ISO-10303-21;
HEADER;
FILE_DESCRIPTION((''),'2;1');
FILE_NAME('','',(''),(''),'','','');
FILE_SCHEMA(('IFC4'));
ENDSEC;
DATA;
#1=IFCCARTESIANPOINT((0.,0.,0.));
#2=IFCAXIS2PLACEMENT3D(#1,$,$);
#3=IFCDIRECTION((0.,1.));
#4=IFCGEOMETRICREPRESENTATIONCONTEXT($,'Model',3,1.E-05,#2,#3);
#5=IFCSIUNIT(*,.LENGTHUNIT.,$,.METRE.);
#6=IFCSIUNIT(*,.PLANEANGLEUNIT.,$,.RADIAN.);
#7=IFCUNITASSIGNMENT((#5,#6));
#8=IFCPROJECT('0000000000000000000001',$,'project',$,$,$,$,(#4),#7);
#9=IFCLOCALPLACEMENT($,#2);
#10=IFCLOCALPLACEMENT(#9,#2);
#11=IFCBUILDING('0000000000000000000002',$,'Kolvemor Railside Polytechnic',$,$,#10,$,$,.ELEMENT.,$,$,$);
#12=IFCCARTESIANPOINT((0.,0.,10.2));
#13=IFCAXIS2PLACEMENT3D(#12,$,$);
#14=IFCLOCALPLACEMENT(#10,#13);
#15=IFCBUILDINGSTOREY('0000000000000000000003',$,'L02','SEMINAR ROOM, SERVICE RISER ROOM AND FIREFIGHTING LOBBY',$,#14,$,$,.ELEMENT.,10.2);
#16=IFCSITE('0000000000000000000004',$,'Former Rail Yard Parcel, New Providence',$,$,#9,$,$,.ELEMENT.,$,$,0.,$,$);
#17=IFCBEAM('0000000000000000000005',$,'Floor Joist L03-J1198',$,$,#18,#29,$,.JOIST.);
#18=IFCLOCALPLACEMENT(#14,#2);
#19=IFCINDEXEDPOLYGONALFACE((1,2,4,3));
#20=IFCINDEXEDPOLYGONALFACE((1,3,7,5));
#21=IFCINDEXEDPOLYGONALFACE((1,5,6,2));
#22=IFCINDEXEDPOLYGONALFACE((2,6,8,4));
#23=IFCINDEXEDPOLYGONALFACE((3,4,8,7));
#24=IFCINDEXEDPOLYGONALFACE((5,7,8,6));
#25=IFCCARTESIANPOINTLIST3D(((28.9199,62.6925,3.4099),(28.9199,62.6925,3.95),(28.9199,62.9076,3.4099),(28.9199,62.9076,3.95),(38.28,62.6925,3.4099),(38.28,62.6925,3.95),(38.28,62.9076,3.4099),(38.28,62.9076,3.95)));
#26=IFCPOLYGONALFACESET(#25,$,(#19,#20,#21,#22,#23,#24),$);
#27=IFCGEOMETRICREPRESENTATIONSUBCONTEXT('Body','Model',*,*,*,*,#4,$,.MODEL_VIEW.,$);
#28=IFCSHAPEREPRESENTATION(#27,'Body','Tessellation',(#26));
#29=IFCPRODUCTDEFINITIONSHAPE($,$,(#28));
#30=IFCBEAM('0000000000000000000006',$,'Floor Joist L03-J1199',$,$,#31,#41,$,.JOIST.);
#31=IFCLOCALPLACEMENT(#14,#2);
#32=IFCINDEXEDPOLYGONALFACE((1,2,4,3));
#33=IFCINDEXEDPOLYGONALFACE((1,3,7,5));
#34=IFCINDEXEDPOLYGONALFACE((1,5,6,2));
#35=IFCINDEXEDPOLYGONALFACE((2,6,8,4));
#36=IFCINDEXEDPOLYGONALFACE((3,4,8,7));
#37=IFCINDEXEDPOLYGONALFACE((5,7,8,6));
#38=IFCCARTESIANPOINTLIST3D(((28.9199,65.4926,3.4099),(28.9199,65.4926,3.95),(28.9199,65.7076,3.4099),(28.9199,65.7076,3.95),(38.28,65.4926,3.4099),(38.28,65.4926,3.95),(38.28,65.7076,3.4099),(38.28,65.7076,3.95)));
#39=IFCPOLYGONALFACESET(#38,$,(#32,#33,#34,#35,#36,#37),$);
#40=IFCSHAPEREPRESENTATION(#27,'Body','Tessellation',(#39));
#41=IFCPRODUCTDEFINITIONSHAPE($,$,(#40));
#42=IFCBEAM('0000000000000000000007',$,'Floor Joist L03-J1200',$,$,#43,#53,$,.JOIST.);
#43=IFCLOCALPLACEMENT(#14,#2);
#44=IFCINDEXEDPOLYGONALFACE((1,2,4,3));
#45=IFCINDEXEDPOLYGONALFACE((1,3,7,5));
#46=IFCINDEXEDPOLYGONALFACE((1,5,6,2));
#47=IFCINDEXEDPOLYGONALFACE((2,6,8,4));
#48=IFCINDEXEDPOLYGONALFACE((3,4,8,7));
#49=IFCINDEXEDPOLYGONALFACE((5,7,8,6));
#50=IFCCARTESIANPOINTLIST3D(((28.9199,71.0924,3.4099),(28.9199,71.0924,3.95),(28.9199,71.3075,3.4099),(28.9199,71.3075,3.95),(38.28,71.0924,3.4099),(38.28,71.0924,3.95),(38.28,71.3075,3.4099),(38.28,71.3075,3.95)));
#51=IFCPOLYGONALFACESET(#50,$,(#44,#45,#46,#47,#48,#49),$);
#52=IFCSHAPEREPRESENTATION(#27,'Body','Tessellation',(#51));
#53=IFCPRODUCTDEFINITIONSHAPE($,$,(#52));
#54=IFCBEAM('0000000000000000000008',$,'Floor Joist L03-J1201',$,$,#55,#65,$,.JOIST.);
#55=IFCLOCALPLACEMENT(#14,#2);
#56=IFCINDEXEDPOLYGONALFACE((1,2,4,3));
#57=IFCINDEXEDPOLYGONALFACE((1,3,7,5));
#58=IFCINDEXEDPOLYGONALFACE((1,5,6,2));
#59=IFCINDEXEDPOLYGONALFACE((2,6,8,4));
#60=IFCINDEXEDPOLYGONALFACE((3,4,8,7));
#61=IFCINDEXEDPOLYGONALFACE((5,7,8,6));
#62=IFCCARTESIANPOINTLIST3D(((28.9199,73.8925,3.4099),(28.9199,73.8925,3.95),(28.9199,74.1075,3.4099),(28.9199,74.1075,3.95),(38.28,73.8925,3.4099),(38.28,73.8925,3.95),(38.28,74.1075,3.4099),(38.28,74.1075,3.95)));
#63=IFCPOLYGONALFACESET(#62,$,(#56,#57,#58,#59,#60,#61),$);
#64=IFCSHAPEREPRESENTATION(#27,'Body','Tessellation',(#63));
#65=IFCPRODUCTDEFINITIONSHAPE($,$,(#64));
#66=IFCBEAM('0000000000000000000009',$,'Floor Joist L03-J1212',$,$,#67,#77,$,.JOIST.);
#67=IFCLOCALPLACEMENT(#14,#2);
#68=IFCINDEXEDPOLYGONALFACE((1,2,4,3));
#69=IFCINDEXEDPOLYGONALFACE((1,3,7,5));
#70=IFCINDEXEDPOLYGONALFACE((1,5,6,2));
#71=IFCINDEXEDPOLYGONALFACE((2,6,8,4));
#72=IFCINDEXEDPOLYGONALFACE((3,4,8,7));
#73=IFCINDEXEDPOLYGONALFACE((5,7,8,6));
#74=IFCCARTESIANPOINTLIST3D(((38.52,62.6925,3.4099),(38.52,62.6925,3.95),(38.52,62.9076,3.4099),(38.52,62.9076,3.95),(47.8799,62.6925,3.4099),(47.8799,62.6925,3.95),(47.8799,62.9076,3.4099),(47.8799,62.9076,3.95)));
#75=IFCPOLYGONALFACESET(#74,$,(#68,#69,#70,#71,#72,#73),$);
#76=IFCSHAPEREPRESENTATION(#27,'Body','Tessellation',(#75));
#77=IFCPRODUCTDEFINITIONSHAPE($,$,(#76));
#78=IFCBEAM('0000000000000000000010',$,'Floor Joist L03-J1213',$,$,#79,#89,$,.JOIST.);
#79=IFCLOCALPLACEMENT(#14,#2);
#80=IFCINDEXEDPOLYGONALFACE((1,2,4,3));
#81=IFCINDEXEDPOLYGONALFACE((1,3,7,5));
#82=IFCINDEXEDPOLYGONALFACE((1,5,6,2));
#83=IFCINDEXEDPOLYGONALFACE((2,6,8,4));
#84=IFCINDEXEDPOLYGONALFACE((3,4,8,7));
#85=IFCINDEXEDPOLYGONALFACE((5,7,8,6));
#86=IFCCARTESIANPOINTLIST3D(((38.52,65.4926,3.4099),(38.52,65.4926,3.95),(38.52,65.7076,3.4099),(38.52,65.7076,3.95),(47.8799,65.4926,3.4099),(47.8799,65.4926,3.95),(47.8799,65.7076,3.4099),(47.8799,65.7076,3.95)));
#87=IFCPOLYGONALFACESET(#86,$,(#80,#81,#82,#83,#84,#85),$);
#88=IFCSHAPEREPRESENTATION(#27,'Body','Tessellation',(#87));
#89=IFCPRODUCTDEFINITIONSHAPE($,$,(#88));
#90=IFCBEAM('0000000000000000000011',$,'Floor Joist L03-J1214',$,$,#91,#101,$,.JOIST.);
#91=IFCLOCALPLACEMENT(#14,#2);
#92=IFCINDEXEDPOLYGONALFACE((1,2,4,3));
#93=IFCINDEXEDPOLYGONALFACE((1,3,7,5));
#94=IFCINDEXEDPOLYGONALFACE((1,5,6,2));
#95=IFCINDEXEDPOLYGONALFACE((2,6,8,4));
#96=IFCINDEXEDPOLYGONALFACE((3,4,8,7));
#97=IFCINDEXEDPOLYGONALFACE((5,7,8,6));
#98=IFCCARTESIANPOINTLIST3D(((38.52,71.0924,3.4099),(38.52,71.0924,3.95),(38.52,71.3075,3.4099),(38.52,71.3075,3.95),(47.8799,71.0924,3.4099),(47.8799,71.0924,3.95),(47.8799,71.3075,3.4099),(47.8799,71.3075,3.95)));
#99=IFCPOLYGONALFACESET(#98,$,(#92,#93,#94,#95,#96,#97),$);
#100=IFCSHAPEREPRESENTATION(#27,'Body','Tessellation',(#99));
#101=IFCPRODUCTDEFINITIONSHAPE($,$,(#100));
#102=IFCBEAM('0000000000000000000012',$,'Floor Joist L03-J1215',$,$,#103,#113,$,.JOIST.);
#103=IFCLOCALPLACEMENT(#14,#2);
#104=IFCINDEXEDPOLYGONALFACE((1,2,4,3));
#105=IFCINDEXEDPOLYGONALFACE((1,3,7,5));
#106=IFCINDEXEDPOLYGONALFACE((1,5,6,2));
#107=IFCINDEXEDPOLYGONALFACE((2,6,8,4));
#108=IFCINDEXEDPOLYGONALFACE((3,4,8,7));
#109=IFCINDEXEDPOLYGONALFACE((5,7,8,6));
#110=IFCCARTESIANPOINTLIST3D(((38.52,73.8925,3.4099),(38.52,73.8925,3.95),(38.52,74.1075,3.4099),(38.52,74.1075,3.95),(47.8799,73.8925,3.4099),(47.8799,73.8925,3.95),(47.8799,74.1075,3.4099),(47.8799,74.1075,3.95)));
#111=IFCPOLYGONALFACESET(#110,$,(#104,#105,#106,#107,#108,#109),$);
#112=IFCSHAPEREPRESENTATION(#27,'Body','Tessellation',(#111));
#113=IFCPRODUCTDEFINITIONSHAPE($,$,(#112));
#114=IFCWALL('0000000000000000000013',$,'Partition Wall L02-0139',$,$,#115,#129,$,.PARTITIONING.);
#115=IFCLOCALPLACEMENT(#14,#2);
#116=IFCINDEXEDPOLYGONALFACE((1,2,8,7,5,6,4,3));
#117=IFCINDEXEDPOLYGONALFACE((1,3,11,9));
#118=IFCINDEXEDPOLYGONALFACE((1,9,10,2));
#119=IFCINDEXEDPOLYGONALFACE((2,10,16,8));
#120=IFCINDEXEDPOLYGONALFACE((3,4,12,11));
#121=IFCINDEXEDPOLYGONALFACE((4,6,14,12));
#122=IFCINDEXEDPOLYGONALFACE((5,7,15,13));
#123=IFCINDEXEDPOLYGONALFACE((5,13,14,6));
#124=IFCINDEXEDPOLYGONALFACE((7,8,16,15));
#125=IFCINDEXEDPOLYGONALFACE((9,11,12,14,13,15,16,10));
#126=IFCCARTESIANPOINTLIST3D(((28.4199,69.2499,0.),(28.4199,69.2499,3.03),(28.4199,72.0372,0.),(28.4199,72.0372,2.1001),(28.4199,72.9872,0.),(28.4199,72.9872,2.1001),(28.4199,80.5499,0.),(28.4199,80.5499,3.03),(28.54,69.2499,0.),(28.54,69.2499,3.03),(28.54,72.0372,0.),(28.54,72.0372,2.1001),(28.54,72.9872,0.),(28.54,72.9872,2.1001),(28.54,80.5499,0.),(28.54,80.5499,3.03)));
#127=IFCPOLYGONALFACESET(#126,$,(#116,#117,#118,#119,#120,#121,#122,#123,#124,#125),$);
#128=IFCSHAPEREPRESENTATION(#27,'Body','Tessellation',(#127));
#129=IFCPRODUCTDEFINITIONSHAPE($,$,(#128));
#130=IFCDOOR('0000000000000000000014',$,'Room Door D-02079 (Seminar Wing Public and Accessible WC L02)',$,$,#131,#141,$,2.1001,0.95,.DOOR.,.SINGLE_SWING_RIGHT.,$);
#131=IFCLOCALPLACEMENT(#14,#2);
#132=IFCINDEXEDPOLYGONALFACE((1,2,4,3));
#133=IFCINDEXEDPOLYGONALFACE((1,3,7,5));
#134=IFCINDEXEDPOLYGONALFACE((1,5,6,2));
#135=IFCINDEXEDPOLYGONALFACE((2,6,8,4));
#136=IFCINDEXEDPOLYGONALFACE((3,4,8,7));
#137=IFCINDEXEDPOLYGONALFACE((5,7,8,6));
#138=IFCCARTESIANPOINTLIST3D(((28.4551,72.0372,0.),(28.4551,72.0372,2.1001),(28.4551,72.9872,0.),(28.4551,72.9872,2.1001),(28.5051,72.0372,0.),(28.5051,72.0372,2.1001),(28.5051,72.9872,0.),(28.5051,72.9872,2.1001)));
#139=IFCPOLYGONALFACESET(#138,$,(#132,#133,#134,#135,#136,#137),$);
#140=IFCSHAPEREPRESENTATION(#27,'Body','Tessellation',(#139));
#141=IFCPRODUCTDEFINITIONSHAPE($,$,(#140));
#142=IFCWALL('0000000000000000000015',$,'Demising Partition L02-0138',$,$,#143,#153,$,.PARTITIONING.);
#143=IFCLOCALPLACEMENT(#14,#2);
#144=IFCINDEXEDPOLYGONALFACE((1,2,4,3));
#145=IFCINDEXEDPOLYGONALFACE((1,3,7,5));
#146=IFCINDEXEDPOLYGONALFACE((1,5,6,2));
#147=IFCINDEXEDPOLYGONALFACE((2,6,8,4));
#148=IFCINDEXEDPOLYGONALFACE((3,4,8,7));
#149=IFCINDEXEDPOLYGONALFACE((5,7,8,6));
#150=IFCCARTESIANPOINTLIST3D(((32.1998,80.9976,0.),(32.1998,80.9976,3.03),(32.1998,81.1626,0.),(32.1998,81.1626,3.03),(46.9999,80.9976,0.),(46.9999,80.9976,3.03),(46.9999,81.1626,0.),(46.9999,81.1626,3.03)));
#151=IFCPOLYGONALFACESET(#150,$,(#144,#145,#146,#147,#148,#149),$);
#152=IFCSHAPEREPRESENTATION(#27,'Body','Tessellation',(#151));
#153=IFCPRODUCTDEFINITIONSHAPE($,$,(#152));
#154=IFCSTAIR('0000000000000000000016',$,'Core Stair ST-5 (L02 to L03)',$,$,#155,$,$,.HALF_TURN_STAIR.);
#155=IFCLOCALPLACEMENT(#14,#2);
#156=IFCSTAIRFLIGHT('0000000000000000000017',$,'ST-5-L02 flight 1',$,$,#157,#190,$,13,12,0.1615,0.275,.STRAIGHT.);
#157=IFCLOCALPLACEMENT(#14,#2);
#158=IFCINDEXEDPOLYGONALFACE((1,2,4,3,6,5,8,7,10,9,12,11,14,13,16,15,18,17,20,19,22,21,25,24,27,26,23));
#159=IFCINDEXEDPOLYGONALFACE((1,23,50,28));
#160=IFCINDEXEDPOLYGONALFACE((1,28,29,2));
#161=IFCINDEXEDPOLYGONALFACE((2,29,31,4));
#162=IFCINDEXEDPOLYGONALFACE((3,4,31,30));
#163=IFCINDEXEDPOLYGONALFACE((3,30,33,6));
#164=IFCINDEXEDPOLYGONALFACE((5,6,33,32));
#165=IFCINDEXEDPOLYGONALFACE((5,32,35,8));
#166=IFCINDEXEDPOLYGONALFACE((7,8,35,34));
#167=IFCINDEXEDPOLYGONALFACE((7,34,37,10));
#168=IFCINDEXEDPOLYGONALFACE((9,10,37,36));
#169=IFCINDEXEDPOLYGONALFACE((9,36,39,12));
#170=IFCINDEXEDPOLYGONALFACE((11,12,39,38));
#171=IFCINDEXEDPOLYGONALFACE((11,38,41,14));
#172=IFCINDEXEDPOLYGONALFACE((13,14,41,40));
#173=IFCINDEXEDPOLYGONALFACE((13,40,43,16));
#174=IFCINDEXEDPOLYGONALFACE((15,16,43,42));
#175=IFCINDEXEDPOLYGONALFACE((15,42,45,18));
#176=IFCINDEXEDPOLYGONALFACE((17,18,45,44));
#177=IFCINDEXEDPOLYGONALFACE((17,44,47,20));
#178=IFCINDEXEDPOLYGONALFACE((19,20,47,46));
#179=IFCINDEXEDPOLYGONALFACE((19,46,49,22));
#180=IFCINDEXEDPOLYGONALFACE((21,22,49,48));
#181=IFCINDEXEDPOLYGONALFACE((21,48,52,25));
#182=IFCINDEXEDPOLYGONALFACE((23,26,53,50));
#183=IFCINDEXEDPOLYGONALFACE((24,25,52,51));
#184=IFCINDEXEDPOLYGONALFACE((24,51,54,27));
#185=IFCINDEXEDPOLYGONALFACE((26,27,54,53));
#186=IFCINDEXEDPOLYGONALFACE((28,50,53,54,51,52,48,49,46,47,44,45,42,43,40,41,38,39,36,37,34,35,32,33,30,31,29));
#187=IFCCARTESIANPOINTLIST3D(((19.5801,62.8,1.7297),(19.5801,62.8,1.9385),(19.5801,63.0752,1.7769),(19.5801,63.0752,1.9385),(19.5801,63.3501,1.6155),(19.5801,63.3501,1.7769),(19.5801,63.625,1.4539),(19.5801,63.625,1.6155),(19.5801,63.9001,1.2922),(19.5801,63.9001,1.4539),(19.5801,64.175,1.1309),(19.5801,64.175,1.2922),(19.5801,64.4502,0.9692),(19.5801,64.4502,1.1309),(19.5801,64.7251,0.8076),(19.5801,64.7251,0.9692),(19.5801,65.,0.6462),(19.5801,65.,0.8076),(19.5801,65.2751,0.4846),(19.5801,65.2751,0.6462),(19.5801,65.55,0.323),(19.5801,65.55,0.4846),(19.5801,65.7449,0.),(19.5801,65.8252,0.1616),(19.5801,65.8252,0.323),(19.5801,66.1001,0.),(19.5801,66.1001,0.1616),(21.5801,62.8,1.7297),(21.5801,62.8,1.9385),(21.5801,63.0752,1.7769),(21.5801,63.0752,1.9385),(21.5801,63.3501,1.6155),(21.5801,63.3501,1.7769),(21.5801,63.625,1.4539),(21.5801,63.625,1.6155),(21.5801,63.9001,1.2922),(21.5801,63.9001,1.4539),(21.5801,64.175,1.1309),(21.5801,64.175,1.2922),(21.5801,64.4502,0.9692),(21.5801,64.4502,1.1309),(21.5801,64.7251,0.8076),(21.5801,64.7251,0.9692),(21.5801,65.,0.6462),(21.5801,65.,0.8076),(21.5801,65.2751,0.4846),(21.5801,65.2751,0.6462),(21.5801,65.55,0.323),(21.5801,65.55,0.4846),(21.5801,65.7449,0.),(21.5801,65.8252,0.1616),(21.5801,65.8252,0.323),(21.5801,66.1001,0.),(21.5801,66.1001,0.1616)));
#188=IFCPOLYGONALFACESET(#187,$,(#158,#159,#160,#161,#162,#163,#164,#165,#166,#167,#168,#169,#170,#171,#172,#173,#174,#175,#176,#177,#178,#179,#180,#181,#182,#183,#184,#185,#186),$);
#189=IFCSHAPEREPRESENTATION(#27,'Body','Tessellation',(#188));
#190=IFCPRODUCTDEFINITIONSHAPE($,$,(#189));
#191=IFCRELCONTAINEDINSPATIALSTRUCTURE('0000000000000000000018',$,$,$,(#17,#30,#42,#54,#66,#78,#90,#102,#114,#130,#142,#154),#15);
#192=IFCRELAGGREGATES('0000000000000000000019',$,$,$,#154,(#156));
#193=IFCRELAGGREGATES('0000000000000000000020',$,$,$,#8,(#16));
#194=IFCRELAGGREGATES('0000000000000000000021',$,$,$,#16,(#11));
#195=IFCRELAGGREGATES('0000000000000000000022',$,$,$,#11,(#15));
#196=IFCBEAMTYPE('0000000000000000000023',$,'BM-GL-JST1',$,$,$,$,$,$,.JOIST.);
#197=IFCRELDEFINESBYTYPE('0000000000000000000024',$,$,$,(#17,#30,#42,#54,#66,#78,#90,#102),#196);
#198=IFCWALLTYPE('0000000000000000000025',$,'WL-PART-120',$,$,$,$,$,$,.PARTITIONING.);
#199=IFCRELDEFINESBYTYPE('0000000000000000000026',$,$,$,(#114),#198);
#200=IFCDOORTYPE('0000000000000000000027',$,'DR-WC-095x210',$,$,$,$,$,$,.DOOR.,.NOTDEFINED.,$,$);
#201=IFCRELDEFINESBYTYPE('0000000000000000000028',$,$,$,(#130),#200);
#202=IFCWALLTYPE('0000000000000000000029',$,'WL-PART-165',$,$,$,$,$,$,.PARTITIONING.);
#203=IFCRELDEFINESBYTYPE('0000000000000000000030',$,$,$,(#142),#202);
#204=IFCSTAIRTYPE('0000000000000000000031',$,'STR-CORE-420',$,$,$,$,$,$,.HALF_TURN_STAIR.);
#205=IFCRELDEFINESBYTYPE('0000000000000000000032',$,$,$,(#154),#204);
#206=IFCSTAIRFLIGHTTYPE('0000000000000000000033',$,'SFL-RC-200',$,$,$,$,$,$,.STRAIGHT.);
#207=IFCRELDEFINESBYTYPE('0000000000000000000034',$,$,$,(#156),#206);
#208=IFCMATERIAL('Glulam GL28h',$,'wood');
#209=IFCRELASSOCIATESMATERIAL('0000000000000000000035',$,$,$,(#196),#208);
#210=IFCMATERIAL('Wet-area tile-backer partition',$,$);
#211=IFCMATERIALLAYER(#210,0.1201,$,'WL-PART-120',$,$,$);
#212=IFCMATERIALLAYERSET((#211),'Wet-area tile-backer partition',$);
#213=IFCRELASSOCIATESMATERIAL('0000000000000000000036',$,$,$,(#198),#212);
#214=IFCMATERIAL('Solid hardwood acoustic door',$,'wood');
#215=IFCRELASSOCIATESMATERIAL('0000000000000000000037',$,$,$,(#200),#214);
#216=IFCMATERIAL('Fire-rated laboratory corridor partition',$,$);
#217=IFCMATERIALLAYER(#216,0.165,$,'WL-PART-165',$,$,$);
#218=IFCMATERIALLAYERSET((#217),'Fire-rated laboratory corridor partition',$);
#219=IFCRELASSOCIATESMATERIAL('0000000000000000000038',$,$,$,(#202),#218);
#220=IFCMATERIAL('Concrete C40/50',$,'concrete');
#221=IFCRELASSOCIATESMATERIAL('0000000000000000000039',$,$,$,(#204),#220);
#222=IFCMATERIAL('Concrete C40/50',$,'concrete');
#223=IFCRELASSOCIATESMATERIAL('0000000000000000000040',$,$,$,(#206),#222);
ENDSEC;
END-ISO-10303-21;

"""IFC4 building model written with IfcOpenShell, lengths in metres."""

from ifc_helpers import new_model, si_unit, direction, frame, frame_2d, origin, origin_2d, place, context, subcontext, project, spatial, polyline, rectangle, outline, extrude, material, layer, layer_set, material_profile, profile_set, type_object, element, fill, aggregate, save


model = new_model("IFC4")

# Units and contexts
model_context = context("Model", 3, precision=1e-05, world=origin(), true_north=direction((0.0, 1.0)))
body_context = subcontext(model_context, "Body", "Model", "MODEL_VIEW")
ifc_project = project(units=[si_unit("LENGTHUNIT", "METRE"), si_unit("PLANEANGLEUNIT", "RADIAN")], contexts=[model_context])

# Site, building, storey
site_placement = place(None, origin())
site = spatial("IfcSite", under=ifc_project, at=site_placement, Name="Former Rail Yard Parcel, New Providence", CompositionType="ELEMENT", RefElevation=0.0)
building_placement = place(site_placement, origin())
building = spatial("IfcBuilding", under=site, at=building_placement, Name="Kolvemor Railside Polytechnic", CompositionType="ELEMENT")
storey_placement = place(building_placement, frame((0.0, 0.0, 10.2)))
storey = spatial("IfcBuildingStorey", under=building, at=storey_placement, Name="L02", Description="SEMINAR ROOM, SERVICE RISER ROOM AND FIREFIGHTING LOBBY", CompositionType="ELEMENT", Elevation=10.2)

# Beams
ifc_material_1 = material(Name="Glulam GL28h", Category="wood")
ifc_material_profile_1 = material_profile(ifc_material_1, rectangle(XDim=0.2151, YDim=0.54, at=origin_2d()), Name="GL215x540")
ifc_profile_set_1 = profile_set([ifc_material_profile_1], Name="Glulam GL28h")
beam_type_1 = type_object("IfcBeamType", Name="BM-GL-JST1", PredefinedType="JOIST", material=ifc_profile_set_1)
for number, where, z_axis, x_axis, name in (
    (1, (28.9199, 62.8, 3.6799), (1.0, 0.0, 0.0), (0.0, 1.0, 0.0), "Floor Joist L03-J1198"),
    (2, (28.9199, 65.6001, 3.6799), (1.0, 0.0, 0.0), (0.0, 1.0, 0.0), "Floor Joist L03-J1199"),
    (3, (28.9199, 71.2, 3.6799), (1.0, 0.0, 0.0), (0.0, 1.0, 0.0), "Floor Joist L03-J1200"),
    (4, (28.9199, 74.0, 3.6799), (1.0, 0.0, 0.0), (0.0, 1.0, 0.0), "Floor Joist L03-J1201"),
):
    element("IfcBeam", number, at=place(storey_placement, frame(where, z_axis=z_axis, x_axis=x_axis)), inside=storey, type_object=beam_type_1, Name=name, PredefinedType="JOIST", context=body_context, shape_type="SweptSolid", body=[
        extrude(rectangle(XDim=0.2151, YDim=0.54, at=origin_2d()), origin(), (0.0, 0.0, 1.0), 9.3601),
    ])
for number, where, z_axis, x_axis, name in (
    (5, (38.52, 62.8, 3.6799), (1.0, 0.0, 0.0), (0.0, 1.0, 0.0), "Floor Joist L03-J1212"),
    (6, (38.52, 65.6001, 3.6799), (1.0, 0.0, 0.0), (0.0, 1.0, 0.0), "Floor Joist L03-J1213"),
    (7, (38.52, 71.2, 3.6799), (1.0, 0.0, 0.0), (0.0, 1.0, 0.0), "Floor Joist L03-J1214"),
    (8, (38.52, 74.0, 3.6799), (1.0, 0.0, 0.0), (0.0, 1.0, 0.0), "Floor Joist L03-J1215"),
):
    element("IfcBeam", number, at=place(storey_placement, frame(where, z_axis=z_axis, x_axis=x_axis)), inside=storey, type_object=beam_type_1, Name=name, PredefinedType="JOIST", context=body_context, shape_type="SweptSolid", body=[
        extrude(rectangle(XDim=0.2151, YDim=0.54, at=origin_2d()), origin(), (0.0, 0.0, 1.0), 9.3599),
    ])

# Wall, opening, door
ifc_material_2 = material(Name="Wet-area tile-backer partition")
ifc_layer_1 = layer(ifc_material_2, 0.1201, Name="WL-PART-120")
ifc_layer_set_1 = layer_set([ifc_layer_1], Name="Wet-area tile-backer partition")
wall_type_1 = type_object("IfcWallType", Name="WL-PART-120", PredefinedType="PARTITIONING", material=ifc_layer_set_1)
wall_1_placement = place(storey_placement, frame((28.48, 69.25, 0.0), z_axis=(0.0, 0.0, 1.0), x_axis=(0.0, 1.0, 0.0)))
wall_1 = element("IfcWall", 9, at=wall_1_placement, inside=storey, type_object=wall_type_1, Name="Partition Wall L02-0139", PredefinedType="PARTITIONING", context=body_context, shape_type="SweptSolid", body=[
    extrude(rectangle(XDim=11.3, YDim=0.1201, at=frame_2d((5.6499, 0.0))), origin(), (0.0, 0.0, 1.0), 3.03),
])
opening_1_placement = place(wall_1_placement, frame((2.7871, 0.0, 0.0)))
opening_1 = element("IfcOpeningElement", 10, at=opening_1_placement, cuts=wall_1, PredefinedType="OPENING", context=body_context, shape_type="SweptSolid", body=[
    extrude(rectangle(XDim=0.95, YDim=2.1001, at=frame_2d((0.4751, 1.05))), frame((0.0, 0.0701, 0.0), z_axis=(0.0, -1.0, 0.0), x_axis=(1.0, 0.0, 0.0)), (0.0, 0.0, 1.0), 0.1401),
])
ifc_material_3 = material(Name="Solid hardwood acoustic door", Category="wood")
door_type_1 = type_object("IfcDoorType", Name="DR-WC-095x210", OperationType="NOTDEFINED", PredefinedType="DOOR", material=ifc_material_3)
door_1_placement = place(opening_1_placement, origin())
door_1 = element("IfcDoor", 11, at=door_1_placement, inside=storey, type_object=door_type_1, Name="Room Door D-02079 (Seminar Wing Public and Accessible WC L02)", OperationType="SINGLE_SWING_RIGHT", OverallHeight=2.1001, OverallWidth=0.95, PredefinedType="DOOR", context=body_context, shape_type="SweptSolid", body=[
    extrude(rectangle(XDim=0.95, YDim=2.1001, at=frame_2d((0.4751, 1.05))), frame((0.0, 0.0249, 0.0), z_axis=(0.0, -1.0, 0.0), x_axis=(1.0, 0.0, 0.0)), (0.0, 0.0, 1.0), 0.05),
])
fill(opening_1, door_1)

# Wall
ifc_material_4 = material(Name="Fire-rated laboratory corridor partition")
ifc_layer_2 = layer(ifc_material_4, 0.165, Name="WL-PART-165")
ifc_layer_set_2 = layer_set([ifc_layer_2], Name="Fire-rated laboratory corridor partition")
wall_type_2 = type_object("IfcWallType", Name="WL-PART-165", PredefinedType="PARTITIONING", material=ifc_layer_set_2)
wall_2_placement = place(storey_placement, frame((32.2, 81.0801, 0.0), z_axis=(0.0, 0.0, 1.0), x_axis=(1.0, 0.0, 0.0)))
element("IfcWall", 12, at=wall_2_placement, inside=storey, type_object=wall_type_2, Name="Demising Partition L02-0138", PredefinedType="PARTITIONING", context=body_context, shape_type="SweptSolid", body=[
    extrude(rectangle(XDim=14.8, YDim=0.165, at=frame_2d((7.3999, 0.0))), origin(), (0.0, 0.0, 1.0), 3.03),
])

# Stair, stair flight
ifc_material_5 = material(Name="Concrete C40/50", Category="concrete")
stair_type = type_object("IfcStairType", Name="STR-CORE-420", PredefinedType="HALF_TURN_STAIR", material=ifc_material_5)
stair_placement = place(storey_placement, origin())
stair = element("IfcStair", 13, at=stair_placement, inside=storey, type_object=stair_type, Name="Core Stair ST-5 (L02 to L03)", PredefinedType="HALF_TURN_STAIR")
ifc_material_6 = material(Name="Concrete C40/50", Category="concrete")
stair_flight_type = type_object("IfcStairFlightType", Name="SFL-RC-200", PredefinedType="STRAIGHT", material=ifc_material_6)
stair_flight_1_placement = place(storey_placement, frame((20.5801, 66.1001, 0.0), z_axis=(0.0, 0.0, 1.0), x_axis=(0.0, -1.0, 0.0)))
stair_flight_1 = element("IfcStairFlight", 14, at=stair_flight_1_placement, type_object=stair_flight_type, Name="ST-5-L02 flight 1", NumberOfRisers=13, NumberOfTreads=12, PredefinedType="STRAIGHT", RiserHeight=0.1615, TreadLength=0.275, context=body_context, shape_type="SweptSolid", body=[
    extrude(outline(polyline([(0.0, 0.0), (0.0, 0.1616), (0.2749, 0.1616), (0.2749, 0.323), (0.55, 0.323), (0.55, 0.4846), (0.825, 0.4846), (0.825, 0.6462), (1.1001, 0.6462), (1.1001, 0.8076), (1.375, 0.8076), (1.375, 0.9692), (1.6499, 0.9692), (1.6499, 1.1309), (1.925, 1.1309), (1.925, 1.2922), (2.2, 1.2922), (2.2, 1.4539), (2.4751, 1.4539), (2.4751, 1.6155), (2.75, 1.6155), (2.75, 1.7769), (3.0249, 1.7769), (3.0249, 1.9385), (3.3, 1.9385), (3.3, 2.1001), (3.3, 1.7297), (0.3552, 0.0), (0.0, 0.0)])), frame((0.0, 1.0, 0.0), z_axis=(0.0, -1.0, 0.0), x_axis=(1.0, 0.0, 0.0)), (0.0, 0.0, 1.0), 2.0),
])
aggregate(stair, [stair_flight_1])

save(model, "model.ifc")
